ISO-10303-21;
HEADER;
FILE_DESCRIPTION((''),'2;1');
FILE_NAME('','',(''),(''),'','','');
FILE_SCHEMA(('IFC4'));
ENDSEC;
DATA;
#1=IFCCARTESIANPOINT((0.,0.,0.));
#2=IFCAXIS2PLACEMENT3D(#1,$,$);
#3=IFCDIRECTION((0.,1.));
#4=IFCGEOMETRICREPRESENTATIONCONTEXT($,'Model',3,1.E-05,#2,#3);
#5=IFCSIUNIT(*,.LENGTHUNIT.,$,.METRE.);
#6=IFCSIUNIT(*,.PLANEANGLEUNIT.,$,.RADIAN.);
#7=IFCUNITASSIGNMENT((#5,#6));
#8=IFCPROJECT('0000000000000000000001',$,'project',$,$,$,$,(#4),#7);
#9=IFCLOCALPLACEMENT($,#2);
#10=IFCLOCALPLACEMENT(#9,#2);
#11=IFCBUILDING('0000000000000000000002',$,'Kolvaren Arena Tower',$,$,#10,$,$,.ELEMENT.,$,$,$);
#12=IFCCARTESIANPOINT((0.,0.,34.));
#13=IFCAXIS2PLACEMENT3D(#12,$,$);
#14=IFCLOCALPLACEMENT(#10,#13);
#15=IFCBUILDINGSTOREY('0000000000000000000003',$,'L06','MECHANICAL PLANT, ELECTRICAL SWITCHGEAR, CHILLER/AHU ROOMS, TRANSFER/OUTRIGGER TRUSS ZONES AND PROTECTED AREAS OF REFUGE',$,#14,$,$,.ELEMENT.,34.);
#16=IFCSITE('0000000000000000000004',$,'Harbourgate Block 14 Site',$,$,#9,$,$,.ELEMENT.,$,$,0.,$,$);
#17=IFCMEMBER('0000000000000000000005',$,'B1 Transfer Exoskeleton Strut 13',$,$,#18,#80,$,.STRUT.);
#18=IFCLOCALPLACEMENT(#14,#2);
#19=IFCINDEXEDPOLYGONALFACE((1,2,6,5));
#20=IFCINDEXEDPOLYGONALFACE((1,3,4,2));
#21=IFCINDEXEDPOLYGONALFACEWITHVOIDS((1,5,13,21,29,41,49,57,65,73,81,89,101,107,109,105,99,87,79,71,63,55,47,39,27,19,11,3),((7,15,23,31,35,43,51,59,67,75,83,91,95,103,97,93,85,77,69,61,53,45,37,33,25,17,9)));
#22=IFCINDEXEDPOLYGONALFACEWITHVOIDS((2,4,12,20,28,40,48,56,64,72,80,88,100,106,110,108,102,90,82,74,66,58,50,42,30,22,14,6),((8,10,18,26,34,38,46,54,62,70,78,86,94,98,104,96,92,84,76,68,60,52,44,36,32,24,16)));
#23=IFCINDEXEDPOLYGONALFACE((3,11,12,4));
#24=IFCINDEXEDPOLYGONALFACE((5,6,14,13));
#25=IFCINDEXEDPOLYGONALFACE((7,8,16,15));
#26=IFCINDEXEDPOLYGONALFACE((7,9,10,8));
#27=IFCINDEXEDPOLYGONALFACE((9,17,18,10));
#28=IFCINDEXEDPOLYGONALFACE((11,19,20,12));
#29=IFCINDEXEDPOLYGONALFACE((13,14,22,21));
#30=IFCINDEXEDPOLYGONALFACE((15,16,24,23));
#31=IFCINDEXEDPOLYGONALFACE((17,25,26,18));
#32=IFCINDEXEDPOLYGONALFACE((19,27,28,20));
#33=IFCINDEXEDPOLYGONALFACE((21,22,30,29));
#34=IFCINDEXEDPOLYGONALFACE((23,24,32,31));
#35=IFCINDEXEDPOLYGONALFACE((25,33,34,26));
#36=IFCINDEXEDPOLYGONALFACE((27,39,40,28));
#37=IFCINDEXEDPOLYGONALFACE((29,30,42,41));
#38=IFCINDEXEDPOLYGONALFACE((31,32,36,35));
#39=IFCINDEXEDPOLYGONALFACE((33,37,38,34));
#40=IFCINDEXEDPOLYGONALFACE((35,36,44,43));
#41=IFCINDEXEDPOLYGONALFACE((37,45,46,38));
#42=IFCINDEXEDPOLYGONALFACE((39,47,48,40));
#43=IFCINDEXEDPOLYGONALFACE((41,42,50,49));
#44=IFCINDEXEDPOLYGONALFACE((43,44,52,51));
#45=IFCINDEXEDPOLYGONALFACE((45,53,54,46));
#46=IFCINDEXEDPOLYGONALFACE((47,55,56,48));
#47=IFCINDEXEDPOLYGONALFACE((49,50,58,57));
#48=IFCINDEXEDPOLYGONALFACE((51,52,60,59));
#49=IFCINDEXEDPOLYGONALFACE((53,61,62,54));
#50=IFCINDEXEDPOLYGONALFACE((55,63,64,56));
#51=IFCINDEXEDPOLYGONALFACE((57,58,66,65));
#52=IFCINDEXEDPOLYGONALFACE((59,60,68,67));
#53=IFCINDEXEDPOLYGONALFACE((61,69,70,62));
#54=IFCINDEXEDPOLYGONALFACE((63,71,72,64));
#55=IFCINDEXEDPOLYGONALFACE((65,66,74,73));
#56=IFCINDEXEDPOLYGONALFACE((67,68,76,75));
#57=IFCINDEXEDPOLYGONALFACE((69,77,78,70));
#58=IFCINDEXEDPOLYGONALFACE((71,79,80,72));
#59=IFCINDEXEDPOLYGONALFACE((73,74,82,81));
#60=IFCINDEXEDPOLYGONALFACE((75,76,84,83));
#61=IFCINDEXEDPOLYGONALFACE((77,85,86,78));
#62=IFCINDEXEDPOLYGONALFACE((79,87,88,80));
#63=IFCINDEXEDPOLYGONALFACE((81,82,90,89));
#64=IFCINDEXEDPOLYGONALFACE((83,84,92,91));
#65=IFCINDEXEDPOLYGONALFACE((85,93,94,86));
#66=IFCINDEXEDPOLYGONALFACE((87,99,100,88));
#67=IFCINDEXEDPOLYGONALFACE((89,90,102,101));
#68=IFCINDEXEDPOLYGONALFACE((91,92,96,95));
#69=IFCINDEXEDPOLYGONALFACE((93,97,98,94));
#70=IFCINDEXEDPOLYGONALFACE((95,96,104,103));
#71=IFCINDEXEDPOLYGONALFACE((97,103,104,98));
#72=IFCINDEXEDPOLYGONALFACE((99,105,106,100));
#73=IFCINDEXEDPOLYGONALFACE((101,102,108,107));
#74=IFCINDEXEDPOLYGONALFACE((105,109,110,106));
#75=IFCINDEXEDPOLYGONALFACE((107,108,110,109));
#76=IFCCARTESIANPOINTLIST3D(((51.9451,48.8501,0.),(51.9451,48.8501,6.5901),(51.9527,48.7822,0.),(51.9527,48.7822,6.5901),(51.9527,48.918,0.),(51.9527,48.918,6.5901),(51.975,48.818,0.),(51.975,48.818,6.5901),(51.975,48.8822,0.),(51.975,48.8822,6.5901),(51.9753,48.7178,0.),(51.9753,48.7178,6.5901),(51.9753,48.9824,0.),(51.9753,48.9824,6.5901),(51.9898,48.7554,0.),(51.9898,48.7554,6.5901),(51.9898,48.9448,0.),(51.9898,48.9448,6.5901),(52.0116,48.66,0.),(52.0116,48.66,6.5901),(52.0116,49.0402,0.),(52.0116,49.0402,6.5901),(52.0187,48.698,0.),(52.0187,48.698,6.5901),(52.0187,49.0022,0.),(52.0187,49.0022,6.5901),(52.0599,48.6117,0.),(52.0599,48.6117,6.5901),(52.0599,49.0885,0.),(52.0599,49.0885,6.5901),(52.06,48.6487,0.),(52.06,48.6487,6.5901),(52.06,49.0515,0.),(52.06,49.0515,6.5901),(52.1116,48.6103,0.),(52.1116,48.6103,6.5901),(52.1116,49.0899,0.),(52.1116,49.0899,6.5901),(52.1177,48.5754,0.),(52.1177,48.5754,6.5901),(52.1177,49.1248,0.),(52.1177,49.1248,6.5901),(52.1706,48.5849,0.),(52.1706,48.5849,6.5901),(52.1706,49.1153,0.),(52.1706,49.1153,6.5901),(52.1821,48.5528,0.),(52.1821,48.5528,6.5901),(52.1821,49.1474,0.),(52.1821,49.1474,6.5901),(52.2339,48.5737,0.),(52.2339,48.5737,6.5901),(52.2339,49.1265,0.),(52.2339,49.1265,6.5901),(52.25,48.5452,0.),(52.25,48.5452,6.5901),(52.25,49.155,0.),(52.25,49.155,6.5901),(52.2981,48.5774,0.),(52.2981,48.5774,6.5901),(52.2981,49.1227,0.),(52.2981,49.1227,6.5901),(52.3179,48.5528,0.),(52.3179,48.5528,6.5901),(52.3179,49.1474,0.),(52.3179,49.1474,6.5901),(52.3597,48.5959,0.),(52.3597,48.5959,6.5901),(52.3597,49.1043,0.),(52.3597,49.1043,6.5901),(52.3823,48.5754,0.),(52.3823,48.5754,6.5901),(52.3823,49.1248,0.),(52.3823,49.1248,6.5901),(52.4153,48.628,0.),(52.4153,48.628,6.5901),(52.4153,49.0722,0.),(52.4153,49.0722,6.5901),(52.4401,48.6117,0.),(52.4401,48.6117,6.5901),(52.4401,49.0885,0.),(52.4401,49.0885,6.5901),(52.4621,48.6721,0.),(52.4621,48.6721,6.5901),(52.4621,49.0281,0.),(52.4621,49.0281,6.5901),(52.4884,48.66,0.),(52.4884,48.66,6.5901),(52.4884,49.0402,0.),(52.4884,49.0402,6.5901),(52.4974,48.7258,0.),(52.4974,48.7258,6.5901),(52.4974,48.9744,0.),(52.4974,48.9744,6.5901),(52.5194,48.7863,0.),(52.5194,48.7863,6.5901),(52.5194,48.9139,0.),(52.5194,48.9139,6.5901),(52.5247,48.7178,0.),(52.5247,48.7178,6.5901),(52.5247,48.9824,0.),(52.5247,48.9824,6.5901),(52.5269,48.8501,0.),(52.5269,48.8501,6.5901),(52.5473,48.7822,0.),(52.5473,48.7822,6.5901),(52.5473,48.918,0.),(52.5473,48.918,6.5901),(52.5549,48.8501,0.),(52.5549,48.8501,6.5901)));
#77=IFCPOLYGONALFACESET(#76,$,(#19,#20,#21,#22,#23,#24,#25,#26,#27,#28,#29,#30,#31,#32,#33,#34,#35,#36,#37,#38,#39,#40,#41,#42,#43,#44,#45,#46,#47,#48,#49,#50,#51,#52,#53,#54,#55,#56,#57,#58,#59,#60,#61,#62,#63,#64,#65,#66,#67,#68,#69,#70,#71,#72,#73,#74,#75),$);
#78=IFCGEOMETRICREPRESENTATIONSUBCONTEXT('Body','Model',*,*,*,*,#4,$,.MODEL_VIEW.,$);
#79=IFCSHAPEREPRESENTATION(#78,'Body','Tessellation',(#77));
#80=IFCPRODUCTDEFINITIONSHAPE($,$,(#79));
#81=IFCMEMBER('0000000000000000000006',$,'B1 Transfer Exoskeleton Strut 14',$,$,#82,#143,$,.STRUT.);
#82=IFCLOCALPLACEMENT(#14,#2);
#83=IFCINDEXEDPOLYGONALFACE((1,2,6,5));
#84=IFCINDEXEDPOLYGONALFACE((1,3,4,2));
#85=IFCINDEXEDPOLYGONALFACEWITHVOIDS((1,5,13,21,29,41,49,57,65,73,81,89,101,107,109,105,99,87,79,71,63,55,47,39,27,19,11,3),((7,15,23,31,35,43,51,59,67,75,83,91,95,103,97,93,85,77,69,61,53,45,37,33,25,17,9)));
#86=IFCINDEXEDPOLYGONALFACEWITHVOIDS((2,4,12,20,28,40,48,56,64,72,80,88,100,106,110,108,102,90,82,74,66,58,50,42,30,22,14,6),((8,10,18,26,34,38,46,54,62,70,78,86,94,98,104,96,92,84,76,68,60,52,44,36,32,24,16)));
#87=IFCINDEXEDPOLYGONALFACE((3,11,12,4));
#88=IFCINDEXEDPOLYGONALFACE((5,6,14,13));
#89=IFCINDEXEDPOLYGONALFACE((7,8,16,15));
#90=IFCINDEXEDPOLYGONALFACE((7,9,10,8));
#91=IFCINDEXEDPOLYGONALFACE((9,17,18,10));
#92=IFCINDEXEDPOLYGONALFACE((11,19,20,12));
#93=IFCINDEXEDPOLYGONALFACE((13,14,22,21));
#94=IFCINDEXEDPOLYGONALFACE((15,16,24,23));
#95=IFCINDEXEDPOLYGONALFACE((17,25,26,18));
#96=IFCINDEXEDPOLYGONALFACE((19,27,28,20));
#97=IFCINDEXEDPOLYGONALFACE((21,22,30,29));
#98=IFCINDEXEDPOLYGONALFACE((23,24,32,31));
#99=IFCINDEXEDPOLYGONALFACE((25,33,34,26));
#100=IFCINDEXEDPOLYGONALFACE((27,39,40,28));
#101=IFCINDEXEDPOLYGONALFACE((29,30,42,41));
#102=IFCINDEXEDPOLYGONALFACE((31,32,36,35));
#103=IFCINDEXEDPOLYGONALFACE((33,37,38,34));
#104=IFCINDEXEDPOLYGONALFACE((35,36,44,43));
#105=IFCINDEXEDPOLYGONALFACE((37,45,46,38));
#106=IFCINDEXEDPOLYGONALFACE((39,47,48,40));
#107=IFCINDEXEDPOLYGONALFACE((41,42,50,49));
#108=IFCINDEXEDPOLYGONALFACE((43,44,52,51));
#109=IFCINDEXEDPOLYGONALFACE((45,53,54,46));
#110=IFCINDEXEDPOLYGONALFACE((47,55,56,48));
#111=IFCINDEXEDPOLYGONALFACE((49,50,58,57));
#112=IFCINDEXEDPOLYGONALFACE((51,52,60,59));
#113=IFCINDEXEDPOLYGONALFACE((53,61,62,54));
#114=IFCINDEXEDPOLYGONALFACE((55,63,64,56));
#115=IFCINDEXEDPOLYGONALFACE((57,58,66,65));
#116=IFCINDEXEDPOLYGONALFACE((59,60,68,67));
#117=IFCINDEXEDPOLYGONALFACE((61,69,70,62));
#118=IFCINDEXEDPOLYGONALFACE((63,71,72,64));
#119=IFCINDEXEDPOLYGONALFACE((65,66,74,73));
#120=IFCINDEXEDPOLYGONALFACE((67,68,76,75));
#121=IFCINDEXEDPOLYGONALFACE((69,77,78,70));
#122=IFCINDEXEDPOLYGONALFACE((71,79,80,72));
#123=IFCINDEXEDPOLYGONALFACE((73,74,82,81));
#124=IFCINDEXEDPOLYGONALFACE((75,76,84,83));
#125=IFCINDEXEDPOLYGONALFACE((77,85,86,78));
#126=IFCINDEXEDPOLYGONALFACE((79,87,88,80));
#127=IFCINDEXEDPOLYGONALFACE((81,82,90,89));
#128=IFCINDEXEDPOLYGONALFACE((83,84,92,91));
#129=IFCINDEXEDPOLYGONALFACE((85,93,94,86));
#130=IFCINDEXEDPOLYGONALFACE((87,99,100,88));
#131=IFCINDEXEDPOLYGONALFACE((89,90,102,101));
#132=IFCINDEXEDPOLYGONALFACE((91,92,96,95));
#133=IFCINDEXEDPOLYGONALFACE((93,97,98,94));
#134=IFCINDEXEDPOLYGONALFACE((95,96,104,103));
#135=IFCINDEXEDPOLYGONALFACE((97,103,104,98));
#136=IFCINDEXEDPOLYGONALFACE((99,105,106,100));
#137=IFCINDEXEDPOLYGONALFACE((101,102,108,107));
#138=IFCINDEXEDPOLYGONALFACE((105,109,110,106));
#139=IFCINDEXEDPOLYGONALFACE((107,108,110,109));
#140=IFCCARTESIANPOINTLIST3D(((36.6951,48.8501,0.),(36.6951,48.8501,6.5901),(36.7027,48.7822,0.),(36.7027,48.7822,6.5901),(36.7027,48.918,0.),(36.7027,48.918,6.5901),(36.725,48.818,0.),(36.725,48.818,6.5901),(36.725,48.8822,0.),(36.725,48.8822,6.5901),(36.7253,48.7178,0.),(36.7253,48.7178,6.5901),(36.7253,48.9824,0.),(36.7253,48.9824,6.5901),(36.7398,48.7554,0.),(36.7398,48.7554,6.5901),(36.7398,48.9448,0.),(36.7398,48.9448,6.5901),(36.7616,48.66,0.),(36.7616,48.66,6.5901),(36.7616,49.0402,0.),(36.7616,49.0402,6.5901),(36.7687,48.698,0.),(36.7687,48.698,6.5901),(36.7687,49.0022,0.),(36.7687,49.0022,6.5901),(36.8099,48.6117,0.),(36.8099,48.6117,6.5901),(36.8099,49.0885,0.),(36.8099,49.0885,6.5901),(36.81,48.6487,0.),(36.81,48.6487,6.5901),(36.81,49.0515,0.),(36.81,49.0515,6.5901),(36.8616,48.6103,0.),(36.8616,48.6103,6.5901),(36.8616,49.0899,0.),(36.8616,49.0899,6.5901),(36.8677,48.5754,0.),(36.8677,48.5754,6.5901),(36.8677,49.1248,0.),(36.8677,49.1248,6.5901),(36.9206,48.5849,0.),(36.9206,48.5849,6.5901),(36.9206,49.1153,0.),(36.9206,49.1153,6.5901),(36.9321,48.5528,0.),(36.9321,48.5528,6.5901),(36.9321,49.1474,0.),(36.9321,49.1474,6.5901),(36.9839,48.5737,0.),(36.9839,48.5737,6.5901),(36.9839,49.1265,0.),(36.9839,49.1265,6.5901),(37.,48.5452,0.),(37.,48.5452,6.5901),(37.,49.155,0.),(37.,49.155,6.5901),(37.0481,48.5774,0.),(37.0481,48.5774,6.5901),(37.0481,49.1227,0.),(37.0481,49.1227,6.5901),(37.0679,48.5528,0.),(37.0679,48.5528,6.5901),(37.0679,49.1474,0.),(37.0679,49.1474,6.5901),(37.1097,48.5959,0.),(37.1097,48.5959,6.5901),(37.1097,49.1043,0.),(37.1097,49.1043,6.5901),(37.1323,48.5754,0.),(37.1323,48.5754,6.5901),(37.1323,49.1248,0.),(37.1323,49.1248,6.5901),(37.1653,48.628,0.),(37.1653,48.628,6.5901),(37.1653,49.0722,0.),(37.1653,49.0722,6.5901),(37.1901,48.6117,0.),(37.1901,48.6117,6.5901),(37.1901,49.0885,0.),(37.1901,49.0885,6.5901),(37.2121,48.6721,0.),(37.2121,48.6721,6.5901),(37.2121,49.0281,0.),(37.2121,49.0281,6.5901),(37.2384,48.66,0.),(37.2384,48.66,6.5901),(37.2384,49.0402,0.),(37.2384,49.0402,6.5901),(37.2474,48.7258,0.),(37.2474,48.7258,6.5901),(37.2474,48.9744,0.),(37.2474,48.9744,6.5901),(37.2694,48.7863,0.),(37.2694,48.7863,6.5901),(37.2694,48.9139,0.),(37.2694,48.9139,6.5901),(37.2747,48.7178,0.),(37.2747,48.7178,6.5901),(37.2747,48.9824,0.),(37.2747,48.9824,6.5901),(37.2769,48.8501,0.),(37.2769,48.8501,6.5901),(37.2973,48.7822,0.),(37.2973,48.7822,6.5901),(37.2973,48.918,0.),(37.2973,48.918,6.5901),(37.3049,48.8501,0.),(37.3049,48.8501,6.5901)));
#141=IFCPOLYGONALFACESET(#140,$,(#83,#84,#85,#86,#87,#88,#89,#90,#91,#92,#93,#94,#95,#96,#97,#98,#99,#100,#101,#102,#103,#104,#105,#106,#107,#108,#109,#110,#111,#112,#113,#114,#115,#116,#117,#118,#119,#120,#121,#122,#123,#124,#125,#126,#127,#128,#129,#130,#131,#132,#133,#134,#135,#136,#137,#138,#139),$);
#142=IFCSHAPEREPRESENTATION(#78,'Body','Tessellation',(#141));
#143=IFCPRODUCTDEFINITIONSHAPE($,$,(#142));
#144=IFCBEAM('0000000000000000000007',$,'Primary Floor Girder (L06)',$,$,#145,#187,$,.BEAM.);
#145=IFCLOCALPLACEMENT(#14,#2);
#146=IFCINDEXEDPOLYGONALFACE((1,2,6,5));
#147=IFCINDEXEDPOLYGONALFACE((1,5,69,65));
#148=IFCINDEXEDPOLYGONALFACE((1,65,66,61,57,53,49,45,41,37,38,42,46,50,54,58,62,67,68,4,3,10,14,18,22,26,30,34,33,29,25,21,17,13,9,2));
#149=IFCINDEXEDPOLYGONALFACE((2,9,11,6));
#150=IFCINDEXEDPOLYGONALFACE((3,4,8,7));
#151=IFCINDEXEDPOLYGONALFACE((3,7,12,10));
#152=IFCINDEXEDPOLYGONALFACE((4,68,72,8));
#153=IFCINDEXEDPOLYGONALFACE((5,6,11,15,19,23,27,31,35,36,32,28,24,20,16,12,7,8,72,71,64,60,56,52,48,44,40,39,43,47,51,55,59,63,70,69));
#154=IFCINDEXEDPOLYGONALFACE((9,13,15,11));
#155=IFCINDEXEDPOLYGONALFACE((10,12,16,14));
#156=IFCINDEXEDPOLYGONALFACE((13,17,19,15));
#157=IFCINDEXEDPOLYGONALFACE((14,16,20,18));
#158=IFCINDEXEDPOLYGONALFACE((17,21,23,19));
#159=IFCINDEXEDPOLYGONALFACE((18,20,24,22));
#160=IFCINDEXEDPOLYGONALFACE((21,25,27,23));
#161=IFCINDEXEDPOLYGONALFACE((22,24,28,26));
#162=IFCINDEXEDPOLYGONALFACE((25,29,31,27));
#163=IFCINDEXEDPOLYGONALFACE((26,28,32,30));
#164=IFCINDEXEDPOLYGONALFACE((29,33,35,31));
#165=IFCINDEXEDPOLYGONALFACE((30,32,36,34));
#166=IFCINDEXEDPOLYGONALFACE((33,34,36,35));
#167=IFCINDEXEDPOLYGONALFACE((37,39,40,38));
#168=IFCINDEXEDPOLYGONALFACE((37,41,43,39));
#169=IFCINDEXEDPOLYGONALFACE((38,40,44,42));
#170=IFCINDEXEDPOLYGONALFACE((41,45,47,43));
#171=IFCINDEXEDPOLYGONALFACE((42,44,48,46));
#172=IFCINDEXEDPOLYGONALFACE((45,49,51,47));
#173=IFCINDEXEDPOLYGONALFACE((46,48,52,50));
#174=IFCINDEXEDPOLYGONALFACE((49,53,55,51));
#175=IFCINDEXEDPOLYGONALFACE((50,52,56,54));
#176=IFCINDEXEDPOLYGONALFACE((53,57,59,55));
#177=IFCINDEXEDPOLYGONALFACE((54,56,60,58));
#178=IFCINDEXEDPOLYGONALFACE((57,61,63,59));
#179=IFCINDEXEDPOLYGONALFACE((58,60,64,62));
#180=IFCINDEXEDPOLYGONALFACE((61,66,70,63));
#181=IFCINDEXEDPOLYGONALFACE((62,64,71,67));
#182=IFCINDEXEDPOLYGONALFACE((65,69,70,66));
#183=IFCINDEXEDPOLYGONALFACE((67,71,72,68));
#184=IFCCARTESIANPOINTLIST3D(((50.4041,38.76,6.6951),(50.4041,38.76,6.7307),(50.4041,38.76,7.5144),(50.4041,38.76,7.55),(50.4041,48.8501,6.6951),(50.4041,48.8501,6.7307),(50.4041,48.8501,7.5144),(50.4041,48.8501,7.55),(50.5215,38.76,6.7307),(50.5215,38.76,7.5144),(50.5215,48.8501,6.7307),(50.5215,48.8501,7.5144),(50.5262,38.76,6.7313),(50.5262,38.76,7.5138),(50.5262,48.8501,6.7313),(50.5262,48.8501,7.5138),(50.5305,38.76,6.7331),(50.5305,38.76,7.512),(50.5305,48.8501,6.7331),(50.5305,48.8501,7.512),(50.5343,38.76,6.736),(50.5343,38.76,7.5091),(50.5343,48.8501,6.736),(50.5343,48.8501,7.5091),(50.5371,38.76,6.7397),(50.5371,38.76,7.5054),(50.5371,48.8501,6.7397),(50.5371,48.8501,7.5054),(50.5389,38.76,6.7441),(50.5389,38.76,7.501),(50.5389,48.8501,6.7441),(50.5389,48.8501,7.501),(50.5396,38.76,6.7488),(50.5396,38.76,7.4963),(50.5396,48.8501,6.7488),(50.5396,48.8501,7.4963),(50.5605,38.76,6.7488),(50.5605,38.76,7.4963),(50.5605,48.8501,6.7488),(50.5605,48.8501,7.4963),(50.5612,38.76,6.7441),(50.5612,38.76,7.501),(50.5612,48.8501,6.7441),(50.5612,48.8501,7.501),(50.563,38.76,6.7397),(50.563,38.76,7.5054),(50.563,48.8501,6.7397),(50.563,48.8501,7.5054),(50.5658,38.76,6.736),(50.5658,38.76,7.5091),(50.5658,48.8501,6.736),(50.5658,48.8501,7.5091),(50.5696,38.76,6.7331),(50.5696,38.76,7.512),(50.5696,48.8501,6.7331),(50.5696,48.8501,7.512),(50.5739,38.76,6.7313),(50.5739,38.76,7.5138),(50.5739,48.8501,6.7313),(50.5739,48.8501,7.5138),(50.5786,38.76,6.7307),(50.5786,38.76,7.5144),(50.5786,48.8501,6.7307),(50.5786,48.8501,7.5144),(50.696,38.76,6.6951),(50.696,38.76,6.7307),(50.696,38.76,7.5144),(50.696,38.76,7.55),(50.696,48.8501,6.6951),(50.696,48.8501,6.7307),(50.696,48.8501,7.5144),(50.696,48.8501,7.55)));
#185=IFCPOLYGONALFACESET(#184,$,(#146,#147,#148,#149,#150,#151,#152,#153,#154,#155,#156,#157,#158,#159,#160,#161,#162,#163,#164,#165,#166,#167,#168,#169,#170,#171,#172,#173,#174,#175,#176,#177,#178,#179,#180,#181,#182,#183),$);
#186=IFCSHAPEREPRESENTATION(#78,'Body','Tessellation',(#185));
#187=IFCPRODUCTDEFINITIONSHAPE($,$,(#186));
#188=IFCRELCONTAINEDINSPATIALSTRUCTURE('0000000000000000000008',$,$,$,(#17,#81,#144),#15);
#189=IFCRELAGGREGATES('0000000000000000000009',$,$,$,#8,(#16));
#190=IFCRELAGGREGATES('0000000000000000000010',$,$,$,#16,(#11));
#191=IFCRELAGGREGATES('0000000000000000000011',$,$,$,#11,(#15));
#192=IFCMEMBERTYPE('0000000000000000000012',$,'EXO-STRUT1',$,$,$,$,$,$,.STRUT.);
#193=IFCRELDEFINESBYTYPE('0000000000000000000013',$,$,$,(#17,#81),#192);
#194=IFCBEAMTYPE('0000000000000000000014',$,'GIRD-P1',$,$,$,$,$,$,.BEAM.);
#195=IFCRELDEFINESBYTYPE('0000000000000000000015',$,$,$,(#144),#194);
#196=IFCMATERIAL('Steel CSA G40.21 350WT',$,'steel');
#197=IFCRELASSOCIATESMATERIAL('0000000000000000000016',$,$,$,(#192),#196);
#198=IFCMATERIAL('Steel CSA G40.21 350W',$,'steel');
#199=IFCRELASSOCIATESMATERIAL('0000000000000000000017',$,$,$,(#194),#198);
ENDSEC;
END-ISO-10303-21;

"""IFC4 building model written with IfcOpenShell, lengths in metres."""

from ifc_helpers import new_model, si_unit, direction, frame, origin, origin_2d, place, context, subcontext, project, spatial, hollow_circle, i_section, extrude, material, material_profile, profile_set, type_object, element, save


model = new_model("IFC4")

# Units and contexts
model_context = context("Model", 3, precision=1e-05, world=origin(), true_north=direction((0.0, 1.0)))
body_context = subcontext(model_context, "Body", "Model", "MODEL_VIEW")
ifc_project = project(units=[si_unit("LENGTHUNIT", "METRE"), si_unit("PLANEANGLEUNIT", "RADIAN")], contexts=[model_context])

# Site, building, storey
site_placement = place(None, origin())
site = spatial("IfcSite", under=ifc_project, at=site_placement, Name="Harbourgate Block 14 Site", CompositionType="ELEMENT", RefElevation=0.0)
building_placement = place(site_placement, origin())
building = spatial("IfcBuilding", under=site, at=building_placement, Name="Kolvaren Arena Tower", CompositionType="ELEMENT")
storey_placement = place(building_placement, frame((0.0, 0.0, 34.0)))
storey = spatial("IfcBuildingStorey", under=building, at=storey_placement, Name="L06", Description="MECHANICAL PLANT, ELECTRICAL SWITCHGEAR, CHILLER/AHU ROOMS, TRANSFER/OUTRIGGER TRUSS ZONES AND PROTECTED AREAS OF REFUGE", CompositionType="ELEMENT", Elevation=34.0)

# Shared definitions
ifc_material_1 = material(Name="Steel CSA G40.21 350W", Category="steel")

# Members
ifc_material_2 = material(Name="Steel CSA G40.21 350WT", Category="steel")
ifc_material_profile_1 = material_profile(ifc_material_2, hollow_circle(Radius=0.3049, WallThickness=0.0281, at=origin_2d()), Name="CHS 610x28")
ifc_profile_set_1 = profile_set([ifc_material_profile_1], Name="Steel CSA G40.21 350WT")
member_type_1 = type_object("IfcMemberType", Name="EXO-STRUT1", PredefinedType="STRUT", material=ifc_profile_set_1)
for number, where, z_axis, x_axis, name in (
    (1, (52.25, 48.8501, 0.0), (0.0, 0.0, 1.0), (1.0, 0.0, 0.0), "B1 Transfer Exoskeleton Strut 13"),
    (2, (37.0, 48.8501, 0.0), (0.0, 0.0, 1.0), (1.0, 0.0, 0.0), "B1 Transfer Exoskeleton Strut 14"),
):
    element("IfcMember", number, at=place(storey_placement, frame(where, z_axis=z_axis, x_axis=x_axis)), inside=storey, type_object=member_type_1, Name=name, PredefinedType="STRUT", context=body_context, shape_type="SweptSolid", body=[
        extrude(hollow_circle(Radius=0.3049, WallThickness=0.0281, at=origin_2d()), origin(), (0.0, 0.0, 1.0), 6.5901),
    ])

# Beam
ifc_material_profile_2 = material_profile(ifc_material_1, i_section(OverallWidth=0.292, OverallDepth=0.855, WebThickness=0.021, FlangeThickness=0.0356, FilletRadius=0.0181, at=origin_2d()), Name="W840x299")
ifc_profile_set_2 = profile_set([ifc_material_profile_2], Name="Steel CSA G40.21 350W")
beam_type_1 = type_object("IfcBeamType", Name="GIRD-P1", PredefinedType="BEAM", material=ifc_profile_set_2)
beam_1_placement = place(storey_placement, frame((50.55, 38.76, 7.1226), z_axis=(0.0, 1.0, 0.0), x_axis=(-1.0, 0.0, 0.0)))
element("IfcBeam", 3, at=beam_1_placement, inside=storey, type_object=beam_type_1, Name="Primary Floor Girder (L06)", PredefinedType="BEAM", context=body_context, shape_type="SweptSolid", body=[
    extrude(i_section(OverallWidth=0.292, OverallDepth=0.855, WebThickness=0.021, FlangeThickness=0.0356, FilletRadius=0.0181, at=origin_2d()), origin(), (0.0, 0.0, 1.0), 10.0901),
])

save(model, "model.ifc")
